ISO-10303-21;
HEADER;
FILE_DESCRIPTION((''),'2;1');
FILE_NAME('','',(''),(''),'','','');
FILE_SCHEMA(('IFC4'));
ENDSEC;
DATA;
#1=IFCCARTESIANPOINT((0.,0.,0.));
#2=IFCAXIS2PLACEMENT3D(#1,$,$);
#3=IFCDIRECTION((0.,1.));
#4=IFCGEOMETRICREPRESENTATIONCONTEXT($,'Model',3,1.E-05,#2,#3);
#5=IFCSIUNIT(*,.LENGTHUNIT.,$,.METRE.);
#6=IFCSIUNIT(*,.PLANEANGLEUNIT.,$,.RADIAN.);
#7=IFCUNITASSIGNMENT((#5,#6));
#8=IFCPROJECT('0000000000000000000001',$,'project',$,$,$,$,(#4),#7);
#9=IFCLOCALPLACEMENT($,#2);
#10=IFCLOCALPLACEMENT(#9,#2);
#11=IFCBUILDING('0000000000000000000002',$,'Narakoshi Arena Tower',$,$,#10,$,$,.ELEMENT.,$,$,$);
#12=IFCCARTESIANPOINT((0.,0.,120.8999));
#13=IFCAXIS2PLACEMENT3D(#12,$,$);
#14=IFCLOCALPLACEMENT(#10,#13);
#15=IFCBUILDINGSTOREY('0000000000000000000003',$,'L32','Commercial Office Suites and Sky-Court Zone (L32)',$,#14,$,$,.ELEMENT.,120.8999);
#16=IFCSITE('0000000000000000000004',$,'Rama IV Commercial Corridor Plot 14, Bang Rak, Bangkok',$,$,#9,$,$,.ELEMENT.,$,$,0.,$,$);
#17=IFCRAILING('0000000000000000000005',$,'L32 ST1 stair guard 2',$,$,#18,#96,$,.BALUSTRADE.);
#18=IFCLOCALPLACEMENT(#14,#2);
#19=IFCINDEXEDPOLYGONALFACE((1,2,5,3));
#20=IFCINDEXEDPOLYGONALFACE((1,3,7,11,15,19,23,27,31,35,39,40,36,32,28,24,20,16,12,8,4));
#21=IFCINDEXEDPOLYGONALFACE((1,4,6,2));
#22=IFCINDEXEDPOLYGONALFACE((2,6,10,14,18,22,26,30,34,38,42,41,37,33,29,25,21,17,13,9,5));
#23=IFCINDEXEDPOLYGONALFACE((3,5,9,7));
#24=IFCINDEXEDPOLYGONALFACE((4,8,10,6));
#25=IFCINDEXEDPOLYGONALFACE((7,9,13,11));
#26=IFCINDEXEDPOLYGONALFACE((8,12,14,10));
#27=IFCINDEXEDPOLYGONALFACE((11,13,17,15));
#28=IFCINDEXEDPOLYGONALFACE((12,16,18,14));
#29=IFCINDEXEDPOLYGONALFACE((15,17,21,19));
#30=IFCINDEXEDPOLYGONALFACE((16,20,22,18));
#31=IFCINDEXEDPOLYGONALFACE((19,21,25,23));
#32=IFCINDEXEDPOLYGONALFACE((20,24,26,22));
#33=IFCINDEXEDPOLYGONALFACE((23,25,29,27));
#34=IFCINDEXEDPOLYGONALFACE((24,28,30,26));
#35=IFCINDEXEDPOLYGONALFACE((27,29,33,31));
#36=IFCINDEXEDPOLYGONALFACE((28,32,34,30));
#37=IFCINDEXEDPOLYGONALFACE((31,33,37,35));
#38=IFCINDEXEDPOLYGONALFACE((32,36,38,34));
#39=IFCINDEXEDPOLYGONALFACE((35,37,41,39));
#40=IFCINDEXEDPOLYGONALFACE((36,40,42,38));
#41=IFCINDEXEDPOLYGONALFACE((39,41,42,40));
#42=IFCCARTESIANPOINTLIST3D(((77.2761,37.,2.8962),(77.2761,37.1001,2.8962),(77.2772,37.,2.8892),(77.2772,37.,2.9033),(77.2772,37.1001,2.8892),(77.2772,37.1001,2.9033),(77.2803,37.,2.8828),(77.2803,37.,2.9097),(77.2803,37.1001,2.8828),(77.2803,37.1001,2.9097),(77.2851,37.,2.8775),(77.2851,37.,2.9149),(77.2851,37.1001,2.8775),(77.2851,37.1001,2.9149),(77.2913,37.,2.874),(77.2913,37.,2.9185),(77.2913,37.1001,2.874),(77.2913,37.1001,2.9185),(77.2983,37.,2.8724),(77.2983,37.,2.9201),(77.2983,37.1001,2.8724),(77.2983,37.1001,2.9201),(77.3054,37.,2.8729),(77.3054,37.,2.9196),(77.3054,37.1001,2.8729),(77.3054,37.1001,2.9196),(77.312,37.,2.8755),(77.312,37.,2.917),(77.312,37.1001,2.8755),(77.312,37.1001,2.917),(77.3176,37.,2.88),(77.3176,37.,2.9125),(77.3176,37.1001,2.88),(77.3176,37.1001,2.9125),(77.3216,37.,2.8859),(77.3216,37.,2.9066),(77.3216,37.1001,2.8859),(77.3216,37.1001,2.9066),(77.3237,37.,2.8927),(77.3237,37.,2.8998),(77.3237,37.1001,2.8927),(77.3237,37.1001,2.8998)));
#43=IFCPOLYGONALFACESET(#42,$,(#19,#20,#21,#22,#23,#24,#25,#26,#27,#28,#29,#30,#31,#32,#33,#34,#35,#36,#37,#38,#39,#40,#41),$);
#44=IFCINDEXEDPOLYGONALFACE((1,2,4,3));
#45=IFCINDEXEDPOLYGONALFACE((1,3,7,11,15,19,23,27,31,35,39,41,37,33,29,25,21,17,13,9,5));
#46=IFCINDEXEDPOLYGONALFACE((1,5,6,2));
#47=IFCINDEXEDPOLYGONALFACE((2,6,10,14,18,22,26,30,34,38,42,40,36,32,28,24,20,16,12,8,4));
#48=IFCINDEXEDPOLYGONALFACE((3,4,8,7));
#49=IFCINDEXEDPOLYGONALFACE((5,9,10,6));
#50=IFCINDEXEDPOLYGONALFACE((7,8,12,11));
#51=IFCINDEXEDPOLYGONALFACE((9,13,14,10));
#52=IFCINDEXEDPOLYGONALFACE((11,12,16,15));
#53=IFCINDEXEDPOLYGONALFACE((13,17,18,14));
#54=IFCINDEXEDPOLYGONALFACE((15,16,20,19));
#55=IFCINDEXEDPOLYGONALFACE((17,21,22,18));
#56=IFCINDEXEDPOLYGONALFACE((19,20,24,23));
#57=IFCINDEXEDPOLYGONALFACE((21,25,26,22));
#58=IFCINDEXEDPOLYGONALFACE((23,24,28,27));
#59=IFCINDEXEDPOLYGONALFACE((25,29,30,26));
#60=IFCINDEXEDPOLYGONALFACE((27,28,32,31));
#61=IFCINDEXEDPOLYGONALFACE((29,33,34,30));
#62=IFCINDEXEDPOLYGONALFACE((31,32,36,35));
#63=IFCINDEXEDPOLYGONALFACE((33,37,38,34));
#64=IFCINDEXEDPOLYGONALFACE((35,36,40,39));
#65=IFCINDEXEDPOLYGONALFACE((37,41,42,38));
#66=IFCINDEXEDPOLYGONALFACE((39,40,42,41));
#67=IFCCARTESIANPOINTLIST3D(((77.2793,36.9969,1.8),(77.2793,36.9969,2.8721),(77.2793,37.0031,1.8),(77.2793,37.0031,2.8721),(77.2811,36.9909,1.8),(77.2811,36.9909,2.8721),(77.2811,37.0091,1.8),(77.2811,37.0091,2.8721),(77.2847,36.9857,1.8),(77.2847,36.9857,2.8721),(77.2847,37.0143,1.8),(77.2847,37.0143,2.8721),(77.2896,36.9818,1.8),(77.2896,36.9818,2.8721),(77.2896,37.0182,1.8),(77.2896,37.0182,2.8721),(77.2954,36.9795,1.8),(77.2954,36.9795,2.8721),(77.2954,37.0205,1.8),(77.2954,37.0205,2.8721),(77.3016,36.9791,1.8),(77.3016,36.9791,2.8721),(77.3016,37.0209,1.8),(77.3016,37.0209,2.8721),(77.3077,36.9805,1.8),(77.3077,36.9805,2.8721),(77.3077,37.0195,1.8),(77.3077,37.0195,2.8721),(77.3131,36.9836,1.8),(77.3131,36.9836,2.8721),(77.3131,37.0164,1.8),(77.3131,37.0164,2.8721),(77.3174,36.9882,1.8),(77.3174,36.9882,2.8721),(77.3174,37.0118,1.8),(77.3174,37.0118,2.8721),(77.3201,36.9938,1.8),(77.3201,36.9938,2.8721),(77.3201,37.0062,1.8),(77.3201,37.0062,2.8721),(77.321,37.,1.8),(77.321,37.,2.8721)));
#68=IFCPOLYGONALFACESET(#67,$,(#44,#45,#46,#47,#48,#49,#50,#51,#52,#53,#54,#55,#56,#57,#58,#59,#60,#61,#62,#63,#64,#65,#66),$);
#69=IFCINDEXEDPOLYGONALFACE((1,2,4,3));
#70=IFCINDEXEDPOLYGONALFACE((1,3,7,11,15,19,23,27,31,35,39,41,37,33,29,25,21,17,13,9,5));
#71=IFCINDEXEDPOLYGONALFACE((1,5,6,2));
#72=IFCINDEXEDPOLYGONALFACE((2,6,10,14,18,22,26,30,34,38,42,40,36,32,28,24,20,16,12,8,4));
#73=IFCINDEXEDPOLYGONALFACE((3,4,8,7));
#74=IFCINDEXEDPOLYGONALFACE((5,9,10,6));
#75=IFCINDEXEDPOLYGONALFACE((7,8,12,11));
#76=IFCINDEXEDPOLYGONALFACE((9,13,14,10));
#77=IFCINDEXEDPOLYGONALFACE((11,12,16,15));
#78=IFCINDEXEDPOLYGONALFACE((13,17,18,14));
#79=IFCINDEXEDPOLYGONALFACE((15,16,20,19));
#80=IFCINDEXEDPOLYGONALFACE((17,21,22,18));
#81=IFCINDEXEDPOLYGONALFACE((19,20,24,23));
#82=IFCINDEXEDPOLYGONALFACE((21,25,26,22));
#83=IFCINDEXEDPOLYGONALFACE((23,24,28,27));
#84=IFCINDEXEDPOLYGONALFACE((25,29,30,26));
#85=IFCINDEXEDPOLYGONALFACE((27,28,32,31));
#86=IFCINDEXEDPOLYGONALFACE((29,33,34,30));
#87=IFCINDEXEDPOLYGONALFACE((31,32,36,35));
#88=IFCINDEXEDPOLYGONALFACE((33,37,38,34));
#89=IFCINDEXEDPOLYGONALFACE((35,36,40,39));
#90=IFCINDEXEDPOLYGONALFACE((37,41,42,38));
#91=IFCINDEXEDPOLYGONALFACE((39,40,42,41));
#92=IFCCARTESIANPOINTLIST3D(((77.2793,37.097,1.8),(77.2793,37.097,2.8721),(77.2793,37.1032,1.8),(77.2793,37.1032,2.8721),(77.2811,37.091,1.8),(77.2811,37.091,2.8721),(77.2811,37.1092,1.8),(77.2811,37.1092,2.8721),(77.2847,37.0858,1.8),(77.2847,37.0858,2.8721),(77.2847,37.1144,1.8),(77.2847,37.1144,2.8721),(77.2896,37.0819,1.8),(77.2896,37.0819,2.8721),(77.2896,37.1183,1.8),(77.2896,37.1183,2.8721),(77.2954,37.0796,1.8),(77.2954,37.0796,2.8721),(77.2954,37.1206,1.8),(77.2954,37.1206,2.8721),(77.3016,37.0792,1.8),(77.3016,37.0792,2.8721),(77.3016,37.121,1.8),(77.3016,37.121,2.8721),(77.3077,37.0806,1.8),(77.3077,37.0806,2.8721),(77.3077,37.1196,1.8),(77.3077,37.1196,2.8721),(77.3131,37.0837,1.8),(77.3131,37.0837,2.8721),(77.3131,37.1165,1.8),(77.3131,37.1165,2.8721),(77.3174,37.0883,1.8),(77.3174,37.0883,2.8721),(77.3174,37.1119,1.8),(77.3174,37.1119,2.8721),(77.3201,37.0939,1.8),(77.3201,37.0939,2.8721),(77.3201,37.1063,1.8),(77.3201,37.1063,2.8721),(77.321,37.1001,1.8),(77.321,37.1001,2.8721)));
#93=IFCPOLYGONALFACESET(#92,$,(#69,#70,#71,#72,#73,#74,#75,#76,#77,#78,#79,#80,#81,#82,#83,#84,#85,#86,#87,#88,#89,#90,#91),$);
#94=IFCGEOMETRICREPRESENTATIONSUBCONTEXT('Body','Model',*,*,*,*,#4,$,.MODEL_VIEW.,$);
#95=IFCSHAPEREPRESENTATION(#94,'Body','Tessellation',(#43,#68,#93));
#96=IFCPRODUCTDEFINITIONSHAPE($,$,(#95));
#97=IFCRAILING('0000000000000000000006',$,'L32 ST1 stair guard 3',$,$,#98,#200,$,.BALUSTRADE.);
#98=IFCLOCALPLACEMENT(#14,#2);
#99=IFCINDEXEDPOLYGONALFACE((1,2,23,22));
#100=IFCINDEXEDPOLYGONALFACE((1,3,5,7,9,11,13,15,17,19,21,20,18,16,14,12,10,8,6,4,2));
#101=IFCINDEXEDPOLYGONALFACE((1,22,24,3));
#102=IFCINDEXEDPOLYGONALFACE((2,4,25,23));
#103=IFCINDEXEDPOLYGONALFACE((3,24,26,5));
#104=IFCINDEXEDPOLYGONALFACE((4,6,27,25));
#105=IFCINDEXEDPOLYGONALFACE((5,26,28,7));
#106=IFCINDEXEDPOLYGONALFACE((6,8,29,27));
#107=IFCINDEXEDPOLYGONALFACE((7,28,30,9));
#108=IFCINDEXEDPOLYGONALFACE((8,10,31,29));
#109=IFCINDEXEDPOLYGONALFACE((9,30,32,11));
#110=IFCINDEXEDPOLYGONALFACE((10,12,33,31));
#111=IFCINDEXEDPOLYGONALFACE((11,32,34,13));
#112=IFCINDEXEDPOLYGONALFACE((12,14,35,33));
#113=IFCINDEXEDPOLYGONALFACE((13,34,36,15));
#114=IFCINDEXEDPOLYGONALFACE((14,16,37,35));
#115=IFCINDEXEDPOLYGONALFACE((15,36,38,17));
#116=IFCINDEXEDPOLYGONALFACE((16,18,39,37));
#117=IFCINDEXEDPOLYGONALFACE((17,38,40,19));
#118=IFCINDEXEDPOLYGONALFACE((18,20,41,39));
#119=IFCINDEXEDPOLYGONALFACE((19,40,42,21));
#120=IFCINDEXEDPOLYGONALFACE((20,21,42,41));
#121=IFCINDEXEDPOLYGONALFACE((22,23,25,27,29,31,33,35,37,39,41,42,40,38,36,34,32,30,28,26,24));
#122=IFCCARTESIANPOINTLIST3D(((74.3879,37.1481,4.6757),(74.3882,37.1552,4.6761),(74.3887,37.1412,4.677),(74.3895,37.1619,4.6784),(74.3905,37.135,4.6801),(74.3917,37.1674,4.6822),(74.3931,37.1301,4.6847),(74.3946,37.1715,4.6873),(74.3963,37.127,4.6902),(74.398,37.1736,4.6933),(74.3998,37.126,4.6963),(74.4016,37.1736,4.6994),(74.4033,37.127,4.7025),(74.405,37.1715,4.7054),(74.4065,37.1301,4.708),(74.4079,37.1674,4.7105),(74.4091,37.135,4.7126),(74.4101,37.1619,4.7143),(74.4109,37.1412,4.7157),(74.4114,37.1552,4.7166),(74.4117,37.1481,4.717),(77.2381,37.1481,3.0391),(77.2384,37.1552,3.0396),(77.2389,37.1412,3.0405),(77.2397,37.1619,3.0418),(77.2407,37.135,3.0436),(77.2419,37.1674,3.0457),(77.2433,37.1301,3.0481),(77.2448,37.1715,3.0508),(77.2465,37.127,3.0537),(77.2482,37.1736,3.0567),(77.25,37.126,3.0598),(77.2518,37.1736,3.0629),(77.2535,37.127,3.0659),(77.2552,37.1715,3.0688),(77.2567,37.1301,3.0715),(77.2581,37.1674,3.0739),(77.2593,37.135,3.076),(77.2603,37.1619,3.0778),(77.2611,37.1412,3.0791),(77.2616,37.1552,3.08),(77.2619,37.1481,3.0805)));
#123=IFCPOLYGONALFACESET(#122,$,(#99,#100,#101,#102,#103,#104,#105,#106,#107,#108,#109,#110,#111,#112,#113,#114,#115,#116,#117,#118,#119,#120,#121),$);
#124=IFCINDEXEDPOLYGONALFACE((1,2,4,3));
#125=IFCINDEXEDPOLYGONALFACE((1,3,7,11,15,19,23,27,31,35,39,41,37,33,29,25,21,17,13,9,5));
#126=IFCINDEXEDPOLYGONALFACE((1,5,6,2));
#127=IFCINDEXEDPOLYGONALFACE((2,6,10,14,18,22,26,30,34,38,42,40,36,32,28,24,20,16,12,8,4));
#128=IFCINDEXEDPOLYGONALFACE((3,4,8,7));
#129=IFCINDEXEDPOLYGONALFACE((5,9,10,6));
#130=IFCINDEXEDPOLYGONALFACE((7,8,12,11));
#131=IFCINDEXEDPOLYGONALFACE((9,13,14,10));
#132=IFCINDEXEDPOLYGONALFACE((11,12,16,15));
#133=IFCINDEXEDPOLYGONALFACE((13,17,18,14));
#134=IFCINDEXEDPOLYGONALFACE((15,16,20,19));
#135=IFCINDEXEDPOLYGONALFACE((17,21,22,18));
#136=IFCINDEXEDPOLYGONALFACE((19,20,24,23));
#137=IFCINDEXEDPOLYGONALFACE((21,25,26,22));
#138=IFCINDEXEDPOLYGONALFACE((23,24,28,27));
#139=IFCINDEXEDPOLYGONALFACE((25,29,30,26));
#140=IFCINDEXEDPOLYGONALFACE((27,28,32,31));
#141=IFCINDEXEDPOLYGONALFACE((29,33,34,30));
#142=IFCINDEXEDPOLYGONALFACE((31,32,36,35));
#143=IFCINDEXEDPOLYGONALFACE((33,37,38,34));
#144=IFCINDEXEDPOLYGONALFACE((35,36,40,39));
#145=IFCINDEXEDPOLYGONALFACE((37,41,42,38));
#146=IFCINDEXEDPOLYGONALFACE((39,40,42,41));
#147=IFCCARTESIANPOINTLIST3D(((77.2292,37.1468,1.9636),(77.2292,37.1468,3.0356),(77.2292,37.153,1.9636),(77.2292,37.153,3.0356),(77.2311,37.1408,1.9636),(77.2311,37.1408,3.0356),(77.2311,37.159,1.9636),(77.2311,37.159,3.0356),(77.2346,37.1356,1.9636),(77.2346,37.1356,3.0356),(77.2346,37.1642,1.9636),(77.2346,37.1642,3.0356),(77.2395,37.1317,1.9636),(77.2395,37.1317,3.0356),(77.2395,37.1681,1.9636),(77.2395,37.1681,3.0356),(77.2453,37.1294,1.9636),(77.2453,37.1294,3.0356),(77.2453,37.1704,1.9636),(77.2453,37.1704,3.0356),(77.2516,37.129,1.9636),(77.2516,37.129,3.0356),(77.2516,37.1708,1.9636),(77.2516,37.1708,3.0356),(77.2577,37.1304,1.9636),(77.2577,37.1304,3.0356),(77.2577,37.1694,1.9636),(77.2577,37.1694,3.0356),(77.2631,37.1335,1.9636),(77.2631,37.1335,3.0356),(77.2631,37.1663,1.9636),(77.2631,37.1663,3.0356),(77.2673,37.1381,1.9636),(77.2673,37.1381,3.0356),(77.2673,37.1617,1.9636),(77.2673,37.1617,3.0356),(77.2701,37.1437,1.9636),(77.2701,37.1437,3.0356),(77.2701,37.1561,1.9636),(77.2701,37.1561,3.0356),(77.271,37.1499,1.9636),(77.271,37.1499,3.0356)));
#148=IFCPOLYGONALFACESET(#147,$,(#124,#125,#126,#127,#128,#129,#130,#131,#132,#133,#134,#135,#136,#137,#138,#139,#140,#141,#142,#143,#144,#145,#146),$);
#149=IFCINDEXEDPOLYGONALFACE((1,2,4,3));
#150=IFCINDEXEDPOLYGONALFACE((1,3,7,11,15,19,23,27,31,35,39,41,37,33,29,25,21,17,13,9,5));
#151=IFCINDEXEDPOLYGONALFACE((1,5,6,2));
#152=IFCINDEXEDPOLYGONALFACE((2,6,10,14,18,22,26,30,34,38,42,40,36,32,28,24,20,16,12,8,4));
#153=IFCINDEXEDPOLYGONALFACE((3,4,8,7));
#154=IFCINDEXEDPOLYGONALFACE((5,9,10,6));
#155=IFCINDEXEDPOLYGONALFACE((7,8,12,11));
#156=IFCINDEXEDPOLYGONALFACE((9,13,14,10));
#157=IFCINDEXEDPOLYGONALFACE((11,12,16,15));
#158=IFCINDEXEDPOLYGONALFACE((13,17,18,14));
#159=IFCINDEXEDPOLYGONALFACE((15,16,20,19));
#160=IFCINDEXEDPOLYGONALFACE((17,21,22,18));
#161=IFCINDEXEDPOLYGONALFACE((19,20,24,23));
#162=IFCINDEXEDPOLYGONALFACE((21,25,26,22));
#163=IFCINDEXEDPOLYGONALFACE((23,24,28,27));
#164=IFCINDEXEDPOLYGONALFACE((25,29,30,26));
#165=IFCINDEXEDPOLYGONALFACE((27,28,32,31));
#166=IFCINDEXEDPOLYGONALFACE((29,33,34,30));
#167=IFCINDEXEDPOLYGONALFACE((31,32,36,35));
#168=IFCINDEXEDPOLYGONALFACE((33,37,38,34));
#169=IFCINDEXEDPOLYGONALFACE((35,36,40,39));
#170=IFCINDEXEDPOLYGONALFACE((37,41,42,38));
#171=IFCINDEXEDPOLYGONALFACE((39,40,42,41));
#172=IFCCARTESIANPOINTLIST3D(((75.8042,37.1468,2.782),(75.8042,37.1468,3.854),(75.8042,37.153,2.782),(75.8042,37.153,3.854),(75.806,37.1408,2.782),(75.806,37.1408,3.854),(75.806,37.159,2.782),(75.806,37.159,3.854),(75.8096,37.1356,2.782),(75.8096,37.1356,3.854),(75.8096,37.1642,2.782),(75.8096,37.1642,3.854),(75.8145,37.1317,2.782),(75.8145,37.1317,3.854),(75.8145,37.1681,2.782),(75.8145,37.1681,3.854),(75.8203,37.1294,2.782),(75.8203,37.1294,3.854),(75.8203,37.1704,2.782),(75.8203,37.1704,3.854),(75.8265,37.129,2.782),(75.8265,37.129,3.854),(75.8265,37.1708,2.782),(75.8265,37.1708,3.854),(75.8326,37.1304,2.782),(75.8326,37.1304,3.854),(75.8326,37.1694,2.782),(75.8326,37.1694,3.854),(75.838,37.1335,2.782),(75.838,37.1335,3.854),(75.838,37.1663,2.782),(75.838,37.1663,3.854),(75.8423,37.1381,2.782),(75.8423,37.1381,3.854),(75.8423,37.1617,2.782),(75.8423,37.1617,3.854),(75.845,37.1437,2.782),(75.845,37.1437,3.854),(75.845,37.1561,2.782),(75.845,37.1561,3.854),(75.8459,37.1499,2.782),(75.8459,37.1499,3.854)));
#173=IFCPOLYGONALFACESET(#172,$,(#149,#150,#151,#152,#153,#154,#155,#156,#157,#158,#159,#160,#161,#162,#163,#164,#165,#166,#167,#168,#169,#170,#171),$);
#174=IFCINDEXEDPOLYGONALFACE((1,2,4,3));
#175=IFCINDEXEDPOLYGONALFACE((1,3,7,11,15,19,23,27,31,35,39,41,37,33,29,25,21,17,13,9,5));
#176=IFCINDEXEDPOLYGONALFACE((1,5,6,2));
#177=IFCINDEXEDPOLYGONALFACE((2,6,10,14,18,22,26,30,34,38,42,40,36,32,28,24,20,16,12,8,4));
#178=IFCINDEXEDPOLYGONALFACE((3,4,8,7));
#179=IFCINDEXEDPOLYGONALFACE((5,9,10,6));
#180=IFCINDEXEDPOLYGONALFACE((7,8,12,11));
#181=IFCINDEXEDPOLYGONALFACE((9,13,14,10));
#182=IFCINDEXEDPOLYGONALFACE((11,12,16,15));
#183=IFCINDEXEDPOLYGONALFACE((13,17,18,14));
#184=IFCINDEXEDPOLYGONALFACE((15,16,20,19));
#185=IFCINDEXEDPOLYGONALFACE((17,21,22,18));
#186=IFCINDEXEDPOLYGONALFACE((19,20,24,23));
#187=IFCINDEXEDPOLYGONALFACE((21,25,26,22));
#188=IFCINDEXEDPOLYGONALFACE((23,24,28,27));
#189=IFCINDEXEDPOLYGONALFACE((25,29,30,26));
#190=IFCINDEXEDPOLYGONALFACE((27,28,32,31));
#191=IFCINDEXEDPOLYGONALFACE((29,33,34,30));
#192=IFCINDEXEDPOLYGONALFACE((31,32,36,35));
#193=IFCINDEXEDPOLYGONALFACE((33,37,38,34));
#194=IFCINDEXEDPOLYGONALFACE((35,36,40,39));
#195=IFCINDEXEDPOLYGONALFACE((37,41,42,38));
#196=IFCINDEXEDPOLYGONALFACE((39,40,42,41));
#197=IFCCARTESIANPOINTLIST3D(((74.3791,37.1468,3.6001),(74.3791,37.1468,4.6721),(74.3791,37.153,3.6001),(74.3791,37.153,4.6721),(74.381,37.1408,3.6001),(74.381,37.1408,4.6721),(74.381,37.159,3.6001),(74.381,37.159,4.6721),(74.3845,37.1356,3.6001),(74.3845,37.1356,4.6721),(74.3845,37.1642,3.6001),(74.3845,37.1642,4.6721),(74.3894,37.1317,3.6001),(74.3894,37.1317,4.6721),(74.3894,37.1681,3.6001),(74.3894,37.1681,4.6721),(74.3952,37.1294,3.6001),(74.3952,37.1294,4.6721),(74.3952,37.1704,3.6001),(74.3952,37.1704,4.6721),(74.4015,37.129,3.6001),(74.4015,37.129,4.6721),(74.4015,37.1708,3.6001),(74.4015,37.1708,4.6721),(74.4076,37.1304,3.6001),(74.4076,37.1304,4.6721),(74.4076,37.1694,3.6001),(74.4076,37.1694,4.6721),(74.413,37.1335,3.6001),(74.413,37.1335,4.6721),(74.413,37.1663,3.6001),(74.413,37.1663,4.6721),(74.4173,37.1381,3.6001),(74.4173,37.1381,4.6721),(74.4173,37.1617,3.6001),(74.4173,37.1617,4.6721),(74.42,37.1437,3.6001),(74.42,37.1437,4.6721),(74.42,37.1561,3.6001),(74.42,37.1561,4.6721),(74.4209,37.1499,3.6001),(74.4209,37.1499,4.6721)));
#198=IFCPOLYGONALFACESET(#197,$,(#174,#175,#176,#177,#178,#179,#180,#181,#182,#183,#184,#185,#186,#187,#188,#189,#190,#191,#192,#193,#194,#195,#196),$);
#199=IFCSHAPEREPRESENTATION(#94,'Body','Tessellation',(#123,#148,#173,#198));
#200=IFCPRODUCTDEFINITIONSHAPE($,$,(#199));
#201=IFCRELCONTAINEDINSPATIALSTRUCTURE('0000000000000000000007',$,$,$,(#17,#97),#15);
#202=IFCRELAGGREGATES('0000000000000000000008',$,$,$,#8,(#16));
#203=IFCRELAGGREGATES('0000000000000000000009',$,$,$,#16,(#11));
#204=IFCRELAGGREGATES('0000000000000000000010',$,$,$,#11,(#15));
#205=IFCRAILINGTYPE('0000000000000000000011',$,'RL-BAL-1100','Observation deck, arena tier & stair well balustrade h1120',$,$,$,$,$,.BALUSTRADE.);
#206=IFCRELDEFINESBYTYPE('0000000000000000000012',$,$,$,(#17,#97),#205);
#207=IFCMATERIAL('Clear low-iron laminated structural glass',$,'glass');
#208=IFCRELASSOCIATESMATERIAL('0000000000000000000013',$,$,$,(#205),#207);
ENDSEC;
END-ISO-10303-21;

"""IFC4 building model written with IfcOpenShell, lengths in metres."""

from ifc_helpers import new_model, si_unit, direction, frame, origin, origin_2d, place, context, subcontext, project, spatial, circle, extrude, material, type_object, element, save


model = new_model("IFC4")

# Units and contexts
model_context = context("Model", 3, precision=1e-05, world=origin(), true_north=direction((0.0, 1.0)))
body_context = subcontext(model_context, "Body", "Model", "MODEL_VIEW")
ifc_project = project(units=[si_unit("LENGTHUNIT", "METRE"), si_unit("PLANEANGLEUNIT", "RADIAN")], contexts=[model_context])

# Site, building, storey
site_placement = place(None, origin())
site = spatial("IfcSite", under=ifc_project, at=site_placement, Name="Rama IV Commercial Corridor Plot 14, Bang Rak, Bangkok", CompositionType="ELEMENT", RefElevation=0.0)
building_placement = place(site_placement, origin())
building = spatial("IfcBuilding", under=site, at=building_placement, Name="Narakoshi Arena Tower", CompositionType="ELEMENT")
storey_placement = place(building_placement, frame((0.0, 0.0, 120.8999)))
storey = spatial("IfcBuildingStorey", under=building, at=storey_placement, Name="L32", Description="Commercial Office Suites and Sky-Court Zone (L32)", CompositionType="ELEMENT", Elevation=120.8999)

# Railings
ifc_material_1 = material(Name="Clear low-iron laminated structural glass", Category="glass")
railing_type_1 = type_object("IfcRailingType", Name="RL-BAL-1100", Description="Observation deck, arena tier & stair well balustrade h1120", PredefinedType="BALUSTRADE", material=ifc_material_1)
railing_1_placement = place(storey_placement, frame((77.3, 37.0, 1.8)))
element("IfcRailing", 1, at=railing_1_placement, inside=storey, type_object=railing_type_1, Name="L32 ST1 stair guard 2", PredefinedType="BALUSTRADE", context=body_context, shape_type="SweptSolid", body=[
    extrude(circle(Radius=0.0239, at=origin_2d()), frame((0.0, 0.0, 1.0962), z_axis=(0.0, 1.0, 0.0), x_axis=(-1.0, 0.0, 0.0)), (0.0, 0.0, 1.0), 0.1001),
    extrude(circle(Radius=0.021, at=origin_2d()), origin(), (0.0, 0.0, 1.0), 1.072),
    extrude(circle(Radius=0.021, at=origin_2d()), frame((0.0, 0.1001, 0.0)), (0.0, 0.0, 1.0), 1.072),
])
railing_2_placement = place(storey_placement, frame((77.25, 37.1499, 1.9636)))
element("IfcRailing", 2, at=railing_2_placement, inside=storey, type_object=railing_type_1, Name="L32 ST1 stair guard 3", PredefinedType="BALUSTRADE", context=body_context, shape_type="SweptSolid", body=[
    extrude(circle(Radius=0.0239, at=origin_2d()), frame((0.0, 0.0, 1.0962), z_axis=(-0.867213, 0.0, 0.497938), x_axis=(0.0, -1.0, 0.0)), (0.0, 0.0, 1.0), 3.2866),
    extrude(circle(Radius=0.021, at=origin_2d()), origin(), (0.0, 0.0, 1.0), 1.072),
    extrude(circle(Radius=0.021, at=origin_2d()), frame((-1.425, 0.0, 0.8184)), (0.0, 0.0, 1.0), 1.072),
    extrude(circle(Radius=0.021, at=origin_2d()), frame((-2.8501, 0.0, 1.6365)), (0.0, 0.0, 1.0), 1.072),
])

save(model, "model.ifc")
